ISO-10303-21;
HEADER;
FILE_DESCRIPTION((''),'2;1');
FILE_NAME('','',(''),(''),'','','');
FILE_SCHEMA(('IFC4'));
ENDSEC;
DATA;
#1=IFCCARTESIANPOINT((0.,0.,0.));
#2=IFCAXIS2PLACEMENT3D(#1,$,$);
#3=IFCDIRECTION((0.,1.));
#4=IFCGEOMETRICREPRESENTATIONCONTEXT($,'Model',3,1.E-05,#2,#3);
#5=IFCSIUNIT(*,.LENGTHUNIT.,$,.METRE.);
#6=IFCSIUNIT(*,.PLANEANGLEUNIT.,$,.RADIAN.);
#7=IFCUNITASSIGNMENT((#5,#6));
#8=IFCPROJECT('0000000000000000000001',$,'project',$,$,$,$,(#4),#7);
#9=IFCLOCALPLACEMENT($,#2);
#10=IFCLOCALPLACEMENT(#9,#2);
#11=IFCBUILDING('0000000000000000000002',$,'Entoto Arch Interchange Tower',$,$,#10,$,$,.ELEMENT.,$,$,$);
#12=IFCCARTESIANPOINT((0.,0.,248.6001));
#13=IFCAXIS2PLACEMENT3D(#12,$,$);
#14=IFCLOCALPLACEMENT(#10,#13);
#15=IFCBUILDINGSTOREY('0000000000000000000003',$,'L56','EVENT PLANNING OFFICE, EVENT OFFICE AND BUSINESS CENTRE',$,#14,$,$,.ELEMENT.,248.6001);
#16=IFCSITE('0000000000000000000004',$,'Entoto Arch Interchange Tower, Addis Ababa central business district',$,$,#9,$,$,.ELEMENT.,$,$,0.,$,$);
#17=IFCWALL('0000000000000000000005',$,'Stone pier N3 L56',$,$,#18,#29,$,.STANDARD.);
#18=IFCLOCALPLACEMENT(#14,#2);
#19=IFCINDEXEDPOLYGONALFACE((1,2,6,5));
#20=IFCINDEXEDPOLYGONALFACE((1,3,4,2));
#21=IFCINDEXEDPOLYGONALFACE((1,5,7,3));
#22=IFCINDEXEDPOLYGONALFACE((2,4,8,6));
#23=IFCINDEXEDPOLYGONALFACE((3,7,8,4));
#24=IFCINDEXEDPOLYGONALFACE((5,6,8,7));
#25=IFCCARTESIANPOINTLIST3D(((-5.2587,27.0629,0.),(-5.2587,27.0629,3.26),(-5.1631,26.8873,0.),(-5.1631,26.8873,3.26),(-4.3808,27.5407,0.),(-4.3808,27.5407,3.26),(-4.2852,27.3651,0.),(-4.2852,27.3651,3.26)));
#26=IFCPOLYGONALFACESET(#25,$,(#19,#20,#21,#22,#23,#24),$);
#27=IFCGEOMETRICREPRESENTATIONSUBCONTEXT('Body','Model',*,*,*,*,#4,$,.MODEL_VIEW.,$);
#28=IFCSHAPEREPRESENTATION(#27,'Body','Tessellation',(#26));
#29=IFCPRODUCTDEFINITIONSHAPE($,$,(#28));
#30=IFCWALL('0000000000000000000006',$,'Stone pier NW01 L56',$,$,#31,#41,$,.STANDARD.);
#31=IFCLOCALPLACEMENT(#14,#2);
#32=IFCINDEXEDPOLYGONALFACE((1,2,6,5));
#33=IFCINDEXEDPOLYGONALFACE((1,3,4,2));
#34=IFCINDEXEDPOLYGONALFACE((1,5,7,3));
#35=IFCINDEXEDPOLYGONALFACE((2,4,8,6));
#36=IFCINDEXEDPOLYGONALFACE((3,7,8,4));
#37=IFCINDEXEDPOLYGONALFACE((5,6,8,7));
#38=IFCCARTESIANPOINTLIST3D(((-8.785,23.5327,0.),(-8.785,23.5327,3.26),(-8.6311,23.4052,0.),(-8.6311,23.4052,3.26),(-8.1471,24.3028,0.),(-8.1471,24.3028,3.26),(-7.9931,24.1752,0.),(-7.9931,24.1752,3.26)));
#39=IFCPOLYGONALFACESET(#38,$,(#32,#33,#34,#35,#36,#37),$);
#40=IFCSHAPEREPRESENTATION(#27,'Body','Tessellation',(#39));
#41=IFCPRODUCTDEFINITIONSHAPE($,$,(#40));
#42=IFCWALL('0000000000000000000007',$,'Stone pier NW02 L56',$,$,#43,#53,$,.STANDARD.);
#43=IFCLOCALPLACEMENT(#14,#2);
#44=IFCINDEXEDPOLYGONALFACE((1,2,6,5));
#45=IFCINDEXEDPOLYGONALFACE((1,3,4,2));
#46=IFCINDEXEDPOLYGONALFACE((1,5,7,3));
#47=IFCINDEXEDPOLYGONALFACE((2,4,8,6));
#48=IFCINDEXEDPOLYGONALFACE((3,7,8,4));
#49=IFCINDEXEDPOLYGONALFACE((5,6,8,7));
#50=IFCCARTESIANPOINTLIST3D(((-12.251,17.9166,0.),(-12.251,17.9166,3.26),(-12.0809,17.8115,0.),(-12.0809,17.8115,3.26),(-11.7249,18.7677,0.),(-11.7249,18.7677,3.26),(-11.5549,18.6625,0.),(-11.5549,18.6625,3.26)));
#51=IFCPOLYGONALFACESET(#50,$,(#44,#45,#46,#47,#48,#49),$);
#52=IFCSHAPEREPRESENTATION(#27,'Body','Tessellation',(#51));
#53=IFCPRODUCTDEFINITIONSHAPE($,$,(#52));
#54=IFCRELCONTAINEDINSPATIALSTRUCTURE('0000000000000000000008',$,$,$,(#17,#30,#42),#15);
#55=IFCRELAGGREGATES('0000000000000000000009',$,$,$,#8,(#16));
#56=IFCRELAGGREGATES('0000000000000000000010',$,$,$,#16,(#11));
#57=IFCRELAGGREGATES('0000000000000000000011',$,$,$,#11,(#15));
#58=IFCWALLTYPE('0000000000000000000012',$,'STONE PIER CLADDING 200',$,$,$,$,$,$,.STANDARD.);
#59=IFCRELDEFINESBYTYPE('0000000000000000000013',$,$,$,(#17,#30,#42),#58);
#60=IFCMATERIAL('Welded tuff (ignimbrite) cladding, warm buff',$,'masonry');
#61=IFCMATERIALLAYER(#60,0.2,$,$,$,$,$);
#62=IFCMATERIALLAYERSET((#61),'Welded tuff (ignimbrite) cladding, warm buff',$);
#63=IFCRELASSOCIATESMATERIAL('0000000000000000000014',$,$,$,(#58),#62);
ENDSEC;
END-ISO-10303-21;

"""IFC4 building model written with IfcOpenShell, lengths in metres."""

from ifc_helpers import new_model, si_unit, direction, frame, frame_2d, origin, place, context, subcontext, project, spatial, rectangle, extrude, material, layer, layer_set, type_object, element, save


model = new_model("IFC4")

# Units and contexts
model_context = context("Model", 3, precision=1e-05, world=origin(), true_north=direction((0.0, 1.0)))
body_context = subcontext(model_context, "Body", "Model", "MODEL_VIEW")
ifc_project = project(units=[si_unit("LENGTHUNIT", "METRE"), si_unit("PLANEANGLEUNIT", "RADIAN")], contexts=[model_context])

# Site, building, storey
site_placement = place(None, origin())
site = spatial("IfcSite", under=ifc_project, at=site_placement, Name="Entoto Arch Interchange Tower, Addis Ababa central business district", CompositionType="ELEMENT", RefElevation=0.0)
building_placement = place(site_placement, origin())
building = spatial("IfcBuilding", under=site, at=building_placement, Name="Entoto Arch Interchange Tower", CompositionType="ELEMENT")
storey_placement = place(building_placement, frame((0.0, 0.0, 248.6001)))
storey = spatial("IfcBuildingStorey", under=building, at=storey_placement, Name="L56", Description="EVENT PLANNING OFFICE, EVENT OFFICE AND BUSINESS CENTRE", CompositionType="ELEMENT", Elevation=248.6001)

# Shared definitions
ifc_material_1 = material(Name="Welded tuff (ignimbrite) cladding, warm buff", Category="masonry")

# Walls
ifc_layer_1 = layer(ifc_material_1, 0.2)
ifc_layer_set_1 = layer_set([ifc_layer_1], Name="Welded tuff (ignimbrite) cladding, warm buff")
wall_type_1 = type_object("IfcWallType", Name="STONE PIER CLADDING 200", PredefinedType="STANDARD", material=ifc_layer_set_1)
wall_1_placement = place(storey_placement, frame((-4.333, 27.4529, 0.0), z_axis=(0.0, 0.0, 1.0), x_axis=(-0.878353, -0.478013, 0.0)))
element("IfcWall", 1, at=wall_1_placement, inside=storey, type_object=wall_type_1, Name="Stone pier N3 L56", PredefinedType="STANDARD", context=body_context, shape_type="SweptSolid", body=[
    extrude(rectangle(XDim=0.9995, YDim=0.2, at=frame_2d((0.4998, 0.0))), origin(), (0.0, 0.0, 1.0), 3.26),
])
wall_2_placement = place(storey_placement, frame((-8.0701, 24.239, 0.0), z_axis=(0.0, 0.0, 1.0), x_axis=(-0.637972, -0.770059, 0.0)))
element("IfcWall", 2, at=wall_2_placement, inside=storey, type_object=wall_type_1, Name="Stone pier NW01 L56", PredefinedType="STANDARD", context=body_context, shape_type="SweptSolid", body=[
    extrude(rectangle(XDim=1.0, YDim=0.2, at=frame_2d((0.5, 0.0))), origin(), (0.0, 0.0, 1.0), 3.26),
])
wall_3_placement = place(storey_placement, frame((-11.6399, 18.7151, 0.0), z_axis=(0.0, 0.0, 1.0), x_axis=(-0.525825, -0.850593, 0.0)))
element("IfcWall", 3, at=wall_3_placement, inside=storey, type_object=wall_type_1, Name="Stone pier NW02 L56", PredefinedType="STANDARD", context=body_context, shape_type="SweptSolid", body=[
    extrude(rectangle(XDim=1.0005, YDim=0.2, at=frame_2d((0.5002, 0.0))), origin(), (0.0, 0.0, 1.0), 3.26),
])

save(model, "model.ifc")
